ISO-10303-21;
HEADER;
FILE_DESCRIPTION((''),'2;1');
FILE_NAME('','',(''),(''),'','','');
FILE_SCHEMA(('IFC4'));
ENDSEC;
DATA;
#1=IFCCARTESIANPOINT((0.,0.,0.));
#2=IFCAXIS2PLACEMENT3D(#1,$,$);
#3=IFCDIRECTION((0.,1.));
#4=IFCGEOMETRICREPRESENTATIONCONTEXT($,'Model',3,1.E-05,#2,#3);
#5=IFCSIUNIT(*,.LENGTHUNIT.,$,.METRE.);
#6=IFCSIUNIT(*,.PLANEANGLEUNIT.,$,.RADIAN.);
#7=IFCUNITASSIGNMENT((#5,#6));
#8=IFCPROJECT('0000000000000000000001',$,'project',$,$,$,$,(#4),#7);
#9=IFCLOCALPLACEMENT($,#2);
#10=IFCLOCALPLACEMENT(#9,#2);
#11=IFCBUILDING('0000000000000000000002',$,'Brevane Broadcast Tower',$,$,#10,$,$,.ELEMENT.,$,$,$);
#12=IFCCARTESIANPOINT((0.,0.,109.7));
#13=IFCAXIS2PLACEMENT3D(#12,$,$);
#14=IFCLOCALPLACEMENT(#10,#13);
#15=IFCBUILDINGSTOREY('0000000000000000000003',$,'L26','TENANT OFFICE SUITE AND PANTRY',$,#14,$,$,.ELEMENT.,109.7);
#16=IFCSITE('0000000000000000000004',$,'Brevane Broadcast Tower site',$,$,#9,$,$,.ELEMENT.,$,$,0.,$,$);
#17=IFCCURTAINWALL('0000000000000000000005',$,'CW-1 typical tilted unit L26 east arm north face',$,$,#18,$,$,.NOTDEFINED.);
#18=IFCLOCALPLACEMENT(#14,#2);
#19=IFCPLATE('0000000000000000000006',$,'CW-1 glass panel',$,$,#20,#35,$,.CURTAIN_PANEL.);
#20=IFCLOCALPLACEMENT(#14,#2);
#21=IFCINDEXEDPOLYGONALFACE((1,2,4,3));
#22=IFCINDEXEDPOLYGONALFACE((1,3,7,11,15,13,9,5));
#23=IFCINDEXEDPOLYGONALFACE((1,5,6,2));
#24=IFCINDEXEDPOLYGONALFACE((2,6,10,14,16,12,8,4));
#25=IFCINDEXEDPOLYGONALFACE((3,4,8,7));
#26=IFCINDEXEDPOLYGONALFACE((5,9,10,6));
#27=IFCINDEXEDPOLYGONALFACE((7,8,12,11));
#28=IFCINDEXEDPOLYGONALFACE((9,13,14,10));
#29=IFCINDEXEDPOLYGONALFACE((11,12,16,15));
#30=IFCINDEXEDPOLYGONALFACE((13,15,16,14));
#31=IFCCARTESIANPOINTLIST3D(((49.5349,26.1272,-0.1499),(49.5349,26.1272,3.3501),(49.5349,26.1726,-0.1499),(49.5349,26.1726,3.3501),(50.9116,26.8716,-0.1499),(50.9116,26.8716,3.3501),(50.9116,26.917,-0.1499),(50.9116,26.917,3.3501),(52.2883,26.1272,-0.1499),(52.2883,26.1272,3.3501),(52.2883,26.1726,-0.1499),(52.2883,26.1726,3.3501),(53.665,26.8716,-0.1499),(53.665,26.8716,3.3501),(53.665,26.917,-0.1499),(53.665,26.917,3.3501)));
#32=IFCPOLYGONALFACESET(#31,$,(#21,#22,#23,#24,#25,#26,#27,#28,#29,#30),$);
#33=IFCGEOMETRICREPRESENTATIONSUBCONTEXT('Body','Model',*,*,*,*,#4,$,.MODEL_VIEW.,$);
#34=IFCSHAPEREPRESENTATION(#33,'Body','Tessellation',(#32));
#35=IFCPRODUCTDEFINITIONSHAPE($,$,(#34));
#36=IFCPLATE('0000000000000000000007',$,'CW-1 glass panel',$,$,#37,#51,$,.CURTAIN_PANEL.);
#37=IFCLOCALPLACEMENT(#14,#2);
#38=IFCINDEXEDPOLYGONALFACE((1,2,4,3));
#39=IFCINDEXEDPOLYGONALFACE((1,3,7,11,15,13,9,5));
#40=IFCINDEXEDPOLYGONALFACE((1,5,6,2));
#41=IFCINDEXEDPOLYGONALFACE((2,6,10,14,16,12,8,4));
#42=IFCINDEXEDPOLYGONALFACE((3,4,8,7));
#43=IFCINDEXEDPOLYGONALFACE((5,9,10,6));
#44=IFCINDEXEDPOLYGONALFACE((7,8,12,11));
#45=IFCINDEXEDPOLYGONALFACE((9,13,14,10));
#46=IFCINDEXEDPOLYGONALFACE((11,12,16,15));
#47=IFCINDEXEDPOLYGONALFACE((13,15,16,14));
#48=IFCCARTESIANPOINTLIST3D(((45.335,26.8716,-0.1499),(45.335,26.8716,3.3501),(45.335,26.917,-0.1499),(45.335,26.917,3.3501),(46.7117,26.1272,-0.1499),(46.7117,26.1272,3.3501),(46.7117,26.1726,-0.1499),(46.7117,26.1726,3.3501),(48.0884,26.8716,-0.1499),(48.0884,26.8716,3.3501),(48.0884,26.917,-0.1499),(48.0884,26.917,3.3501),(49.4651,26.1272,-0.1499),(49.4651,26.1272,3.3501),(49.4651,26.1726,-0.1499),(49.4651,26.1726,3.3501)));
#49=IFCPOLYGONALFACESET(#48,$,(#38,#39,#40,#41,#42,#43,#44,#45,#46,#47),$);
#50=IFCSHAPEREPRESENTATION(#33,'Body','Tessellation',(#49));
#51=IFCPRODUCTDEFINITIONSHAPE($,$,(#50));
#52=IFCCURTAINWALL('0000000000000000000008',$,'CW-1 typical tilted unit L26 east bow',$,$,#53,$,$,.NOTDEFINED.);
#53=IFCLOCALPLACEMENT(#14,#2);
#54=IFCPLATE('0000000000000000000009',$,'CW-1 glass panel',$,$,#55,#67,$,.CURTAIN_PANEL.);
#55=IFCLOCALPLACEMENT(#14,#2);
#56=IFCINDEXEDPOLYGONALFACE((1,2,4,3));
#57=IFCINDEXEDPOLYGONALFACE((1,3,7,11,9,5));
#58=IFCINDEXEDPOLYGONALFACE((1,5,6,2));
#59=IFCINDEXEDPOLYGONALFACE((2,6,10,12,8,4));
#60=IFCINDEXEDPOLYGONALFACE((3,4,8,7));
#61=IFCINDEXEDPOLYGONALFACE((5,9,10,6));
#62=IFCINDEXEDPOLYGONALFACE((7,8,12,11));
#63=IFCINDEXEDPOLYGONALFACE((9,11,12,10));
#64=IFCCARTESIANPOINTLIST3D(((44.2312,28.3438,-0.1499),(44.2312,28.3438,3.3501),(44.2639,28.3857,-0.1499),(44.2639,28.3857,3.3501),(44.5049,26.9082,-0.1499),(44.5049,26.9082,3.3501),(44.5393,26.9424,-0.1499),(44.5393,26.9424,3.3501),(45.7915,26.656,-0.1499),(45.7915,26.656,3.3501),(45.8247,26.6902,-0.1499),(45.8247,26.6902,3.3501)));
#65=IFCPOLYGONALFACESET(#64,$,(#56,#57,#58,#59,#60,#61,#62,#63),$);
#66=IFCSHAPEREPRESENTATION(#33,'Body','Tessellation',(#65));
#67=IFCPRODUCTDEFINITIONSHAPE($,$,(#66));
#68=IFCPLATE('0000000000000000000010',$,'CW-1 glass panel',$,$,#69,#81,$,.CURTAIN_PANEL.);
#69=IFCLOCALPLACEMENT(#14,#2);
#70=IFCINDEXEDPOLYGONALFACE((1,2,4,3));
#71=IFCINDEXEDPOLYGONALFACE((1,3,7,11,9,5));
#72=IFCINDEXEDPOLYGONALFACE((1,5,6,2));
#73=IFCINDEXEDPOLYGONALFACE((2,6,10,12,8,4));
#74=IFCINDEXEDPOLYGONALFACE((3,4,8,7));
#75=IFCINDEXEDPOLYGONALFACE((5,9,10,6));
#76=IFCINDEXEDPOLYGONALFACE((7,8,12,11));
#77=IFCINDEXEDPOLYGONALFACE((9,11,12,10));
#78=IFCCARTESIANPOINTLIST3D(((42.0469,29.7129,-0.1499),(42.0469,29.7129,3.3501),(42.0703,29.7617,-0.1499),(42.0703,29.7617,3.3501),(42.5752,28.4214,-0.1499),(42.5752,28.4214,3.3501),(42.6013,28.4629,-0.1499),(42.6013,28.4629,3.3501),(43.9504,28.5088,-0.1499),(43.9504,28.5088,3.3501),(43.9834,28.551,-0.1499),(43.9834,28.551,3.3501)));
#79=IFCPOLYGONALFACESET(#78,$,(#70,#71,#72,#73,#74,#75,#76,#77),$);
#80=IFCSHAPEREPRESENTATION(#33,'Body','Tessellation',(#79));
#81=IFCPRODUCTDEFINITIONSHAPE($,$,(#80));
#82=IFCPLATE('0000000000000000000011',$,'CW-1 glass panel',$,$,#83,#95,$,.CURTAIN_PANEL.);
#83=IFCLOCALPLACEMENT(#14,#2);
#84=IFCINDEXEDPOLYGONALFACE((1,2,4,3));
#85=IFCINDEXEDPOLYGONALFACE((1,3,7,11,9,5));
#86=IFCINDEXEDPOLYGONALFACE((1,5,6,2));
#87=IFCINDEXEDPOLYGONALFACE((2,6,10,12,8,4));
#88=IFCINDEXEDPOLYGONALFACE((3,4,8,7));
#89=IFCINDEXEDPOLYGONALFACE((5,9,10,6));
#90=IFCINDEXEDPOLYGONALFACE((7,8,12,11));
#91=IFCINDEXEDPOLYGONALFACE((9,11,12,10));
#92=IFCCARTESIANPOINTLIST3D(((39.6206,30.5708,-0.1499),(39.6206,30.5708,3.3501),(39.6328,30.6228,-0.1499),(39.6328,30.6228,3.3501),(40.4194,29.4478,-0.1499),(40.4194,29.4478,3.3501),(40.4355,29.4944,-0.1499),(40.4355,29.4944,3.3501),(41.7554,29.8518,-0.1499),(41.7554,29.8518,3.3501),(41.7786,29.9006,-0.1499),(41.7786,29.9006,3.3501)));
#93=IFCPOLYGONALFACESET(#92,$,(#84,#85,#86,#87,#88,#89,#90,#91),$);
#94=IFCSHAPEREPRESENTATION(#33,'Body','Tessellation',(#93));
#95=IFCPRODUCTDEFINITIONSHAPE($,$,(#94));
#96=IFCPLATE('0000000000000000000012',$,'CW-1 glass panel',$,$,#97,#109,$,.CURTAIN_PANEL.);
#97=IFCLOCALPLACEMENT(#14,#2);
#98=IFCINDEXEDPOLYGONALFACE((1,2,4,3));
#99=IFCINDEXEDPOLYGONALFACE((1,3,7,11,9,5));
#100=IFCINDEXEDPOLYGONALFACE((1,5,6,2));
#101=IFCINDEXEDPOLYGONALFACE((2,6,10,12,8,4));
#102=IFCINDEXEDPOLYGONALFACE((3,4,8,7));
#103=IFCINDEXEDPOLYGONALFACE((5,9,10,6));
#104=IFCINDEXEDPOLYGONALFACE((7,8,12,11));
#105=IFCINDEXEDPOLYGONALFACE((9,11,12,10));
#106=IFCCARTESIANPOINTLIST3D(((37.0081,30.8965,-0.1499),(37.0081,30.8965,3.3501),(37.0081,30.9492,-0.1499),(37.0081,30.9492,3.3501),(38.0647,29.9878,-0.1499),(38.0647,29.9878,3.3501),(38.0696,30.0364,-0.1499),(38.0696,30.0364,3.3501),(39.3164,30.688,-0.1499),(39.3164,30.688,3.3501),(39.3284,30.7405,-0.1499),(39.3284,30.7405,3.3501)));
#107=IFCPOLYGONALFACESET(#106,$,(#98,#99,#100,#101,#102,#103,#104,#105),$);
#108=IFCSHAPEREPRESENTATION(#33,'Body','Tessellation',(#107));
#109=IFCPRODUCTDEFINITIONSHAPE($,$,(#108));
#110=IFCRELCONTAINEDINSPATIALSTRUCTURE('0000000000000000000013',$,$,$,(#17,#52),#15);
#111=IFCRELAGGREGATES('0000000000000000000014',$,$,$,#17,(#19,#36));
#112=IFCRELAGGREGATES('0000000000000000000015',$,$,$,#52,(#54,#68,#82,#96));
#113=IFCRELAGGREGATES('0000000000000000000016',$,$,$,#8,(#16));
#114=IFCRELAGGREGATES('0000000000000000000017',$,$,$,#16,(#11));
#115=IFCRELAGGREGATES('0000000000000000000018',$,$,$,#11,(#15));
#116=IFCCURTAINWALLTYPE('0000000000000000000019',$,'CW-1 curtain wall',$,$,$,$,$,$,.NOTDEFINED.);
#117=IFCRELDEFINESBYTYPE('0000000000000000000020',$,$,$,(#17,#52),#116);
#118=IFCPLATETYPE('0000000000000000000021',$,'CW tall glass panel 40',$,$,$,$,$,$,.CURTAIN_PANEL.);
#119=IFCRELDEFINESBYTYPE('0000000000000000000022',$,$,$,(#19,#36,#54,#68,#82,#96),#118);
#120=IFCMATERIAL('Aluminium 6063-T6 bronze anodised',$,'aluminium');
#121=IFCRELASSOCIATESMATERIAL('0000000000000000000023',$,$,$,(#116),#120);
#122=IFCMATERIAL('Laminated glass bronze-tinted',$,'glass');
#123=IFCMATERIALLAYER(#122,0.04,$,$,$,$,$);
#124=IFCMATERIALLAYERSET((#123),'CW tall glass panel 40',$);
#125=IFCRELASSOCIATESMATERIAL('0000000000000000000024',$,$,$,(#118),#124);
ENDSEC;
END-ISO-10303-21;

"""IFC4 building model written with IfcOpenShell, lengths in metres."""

from ifc_helpers import new_model, si_unit, direction, frame, origin, place, context, subcontext, project, spatial, polyline, outline, extrude, material, layer, layer_set, type_object, element, aggregate, save


model = new_model("IFC4")

# Units and contexts
model_context = context("Model", 3, precision=1e-05, world=origin(), true_north=direction((0.0, 1.0)))
body_context = subcontext(model_context, "Body", "Model", "MODEL_VIEW")
ifc_project = project(units=[si_unit("LENGTHUNIT", "METRE"), si_unit("PLANEANGLEUNIT", "RADIAN")], contexts=[model_context])

# Site, building, storey
site_placement = place(None, origin())
site = spatial("IfcSite", under=ifc_project, at=site_placement, Name="Brevane Broadcast Tower site", CompositionType="ELEMENT", RefElevation=0.0)
building_placement = place(site_placement, origin())
building = spatial("IfcBuilding", under=site, at=building_placement, Name="Brevane Broadcast Tower", CompositionType="ELEMENT")
storey_placement = place(building_placement, frame((0.0, 0.0, 109.7)))
storey = spatial("IfcBuildingStorey", under=building, at=storey_placement, Name="L26", Description="TENANT OFFICE SUITE AND PANTRY", CompositionType="ELEMENT", Elevation=109.7)

# Curtain walls, plates
ifc_material_1 = material(Name="Aluminium 6063-T6 bronze anodised", Category="aluminium")
curtain_wall_type = type_object("IfcCurtainWallType", Name="CW-1 curtain wall", PredefinedType="NOTDEFINED", material=ifc_material_1)
ifc_material_2 = material(Name="Laminated glass bronze-tinted", Category="glass")
ifc_layer = layer(ifc_material_2, 0.04)
ifc_layer_set = layer_set([ifc_layer], Name="CW tall glass panel 40")
plate_type = type_object("IfcPlateType", Name="CW tall glass panel 40", PredefinedType="CURTAIN_PANEL", material=ifc_layer_set)
curtain_wall_1_placement = place(storey_placement, origin())
curtain_wall_1 = element("IfcCurtainWall", 1, at=curtain_wall_1_placement, inside=storey, type_object=curtain_wall_type, Name="CW-1 typical tilted unit L26 east arm north face", PredefinedType="NOTDEFINED")
plate_1_placement = place(storey_placement, frame((0.0, 0.0, -0.1499)))
plate_1 = element("IfcPlate", 2, at=plate_1_placement, type_object=plate_type, Name="CW-1 glass panel", PredefinedType="CURTAIN_PANEL", context=body_context, shape_type="SweptSolid", body=[
    extrude(outline(polyline([(53.665, 26.8716), (53.665, 26.917), (52.2883, 26.1726), (50.9116, 26.917), (49.5349, 26.1726), (49.5349, 26.1272), (50.9116, 26.8716), (52.2883, 26.1272), (53.665, 26.8716)])), origin(), (0.0, 0.0, 1.0), 3.5),
])
plate_2_placement = place(storey_placement, frame((0.0, 0.0, -0.1499)))
plate_2 = element("IfcPlate", 3, at=plate_2_placement, type_object=plate_type, Name="CW-1 glass panel", PredefinedType="CURTAIN_PANEL", context=body_context, shape_type="SweptSolid", body=[
    extrude(outline(polyline([(49.4651, 26.1272), (49.4651, 26.1726), (48.0884, 26.917), (46.7117, 26.1726), (45.335, 26.917), (45.335, 26.8716), (46.7117, 26.1272), (48.0884, 26.8716), (49.4651, 26.1272)])), origin(), (0.0, 0.0, 1.0), 3.5),
])
aggregate(curtain_wall_1, [plate_1, plate_2])
curtain_wall_2_placement = place(storey_placement, origin())
curtain_wall_2 = element("IfcCurtainWall", 4, at=curtain_wall_2_placement, inside=storey, type_object=curtain_wall_type, Name="CW-1 typical tilted unit L26 east bow", PredefinedType="NOTDEFINED")
plate_3_placement = place(storey_placement, frame((0.0, 0.0, -0.1499)))
plate_3 = element("IfcPlate", 5, at=plate_3_placement, type_object=plate_type, Name="CW-1 glass panel", PredefinedType="CURTAIN_PANEL", context=body_context, shape_type="SweptSolid", body=[
    extrude(outline(polyline([(45.7915, 26.656), (45.8247, 26.6902), (44.5393, 26.9424), (44.2639, 28.3857), (44.2312, 28.3438), (44.5049, 26.9082), (45.7915, 26.656)])), origin(), (0.0, 0.0, 1.0), 3.5),
])
plate_4_placement = place(storey_placement, frame((0.0, 0.0, -0.1499)))
plate_4 = element("IfcPlate", 6, at=plate_4_placement, type_object=plate_type, Name="CW-1 glass panel", PredefinedType="CURTAIN_PANEL", context=body_context, shape_type="SweptSolid", body=[
    extrude(outline(polyline([(43.9504, 28.5088), (43.9834, 28.551), (42.6013, 28.4629), (42.0703, 29.7617), (42.0469, 29.7129), (42.5752, 28.4214), (43.9504, 28.5088)])), origin(), (0.0, 0.0, 1.0), 3.5),
])
plate_5_placement = place(storey_placement, frame((0.0, 0.0, -0.1499)))
plate_5 = element("IfcPlate", 7, at=plate_5_placement, type_object=plate_type, Name="CW-1 glass panel", PredefinedType="CURTAIN_PANEL", context=body_context, shape_type="SweptSolid", body=[
    extrude(outline(polyline([(41.7554, 29.8518), (41.7786, 29.9006), (40.4355, 29.4944), (39.6328, 30.6228), (39.6206, 30.5708), (40.4194, 29.4478), (41.7554, 29.8518)])), origin(), (0.0, 0.0, 1.0), 3.5),
])
plate_6_placement = place(storey_placement, frame((0.0, 0.0, -0.1499)))
plate_6 = element("IfcPlate", 8, at=plate_6_placement, type_object=plate_type, Name="CW-1 glass panel", PredefinedType="CURTAIN_PANEL", context=body_context, shape_type="SweptSolid", body=[
    extrude(outline(polyline([(39.3164, 30.688), (39.3284, 30.7405), (38.0696, 30.0364), (37.0081, 30.9492), (37.0081, 30.8965), (38.0647, 29.9878), (39.3164, 30.688)])), origin(), (0.0, 0.0, 1.0), 3.5),
])
aggregate(curtain_wall_2, [plate_3, plate_4, plate_5, plate_6])

save(model, "model.ifc")
